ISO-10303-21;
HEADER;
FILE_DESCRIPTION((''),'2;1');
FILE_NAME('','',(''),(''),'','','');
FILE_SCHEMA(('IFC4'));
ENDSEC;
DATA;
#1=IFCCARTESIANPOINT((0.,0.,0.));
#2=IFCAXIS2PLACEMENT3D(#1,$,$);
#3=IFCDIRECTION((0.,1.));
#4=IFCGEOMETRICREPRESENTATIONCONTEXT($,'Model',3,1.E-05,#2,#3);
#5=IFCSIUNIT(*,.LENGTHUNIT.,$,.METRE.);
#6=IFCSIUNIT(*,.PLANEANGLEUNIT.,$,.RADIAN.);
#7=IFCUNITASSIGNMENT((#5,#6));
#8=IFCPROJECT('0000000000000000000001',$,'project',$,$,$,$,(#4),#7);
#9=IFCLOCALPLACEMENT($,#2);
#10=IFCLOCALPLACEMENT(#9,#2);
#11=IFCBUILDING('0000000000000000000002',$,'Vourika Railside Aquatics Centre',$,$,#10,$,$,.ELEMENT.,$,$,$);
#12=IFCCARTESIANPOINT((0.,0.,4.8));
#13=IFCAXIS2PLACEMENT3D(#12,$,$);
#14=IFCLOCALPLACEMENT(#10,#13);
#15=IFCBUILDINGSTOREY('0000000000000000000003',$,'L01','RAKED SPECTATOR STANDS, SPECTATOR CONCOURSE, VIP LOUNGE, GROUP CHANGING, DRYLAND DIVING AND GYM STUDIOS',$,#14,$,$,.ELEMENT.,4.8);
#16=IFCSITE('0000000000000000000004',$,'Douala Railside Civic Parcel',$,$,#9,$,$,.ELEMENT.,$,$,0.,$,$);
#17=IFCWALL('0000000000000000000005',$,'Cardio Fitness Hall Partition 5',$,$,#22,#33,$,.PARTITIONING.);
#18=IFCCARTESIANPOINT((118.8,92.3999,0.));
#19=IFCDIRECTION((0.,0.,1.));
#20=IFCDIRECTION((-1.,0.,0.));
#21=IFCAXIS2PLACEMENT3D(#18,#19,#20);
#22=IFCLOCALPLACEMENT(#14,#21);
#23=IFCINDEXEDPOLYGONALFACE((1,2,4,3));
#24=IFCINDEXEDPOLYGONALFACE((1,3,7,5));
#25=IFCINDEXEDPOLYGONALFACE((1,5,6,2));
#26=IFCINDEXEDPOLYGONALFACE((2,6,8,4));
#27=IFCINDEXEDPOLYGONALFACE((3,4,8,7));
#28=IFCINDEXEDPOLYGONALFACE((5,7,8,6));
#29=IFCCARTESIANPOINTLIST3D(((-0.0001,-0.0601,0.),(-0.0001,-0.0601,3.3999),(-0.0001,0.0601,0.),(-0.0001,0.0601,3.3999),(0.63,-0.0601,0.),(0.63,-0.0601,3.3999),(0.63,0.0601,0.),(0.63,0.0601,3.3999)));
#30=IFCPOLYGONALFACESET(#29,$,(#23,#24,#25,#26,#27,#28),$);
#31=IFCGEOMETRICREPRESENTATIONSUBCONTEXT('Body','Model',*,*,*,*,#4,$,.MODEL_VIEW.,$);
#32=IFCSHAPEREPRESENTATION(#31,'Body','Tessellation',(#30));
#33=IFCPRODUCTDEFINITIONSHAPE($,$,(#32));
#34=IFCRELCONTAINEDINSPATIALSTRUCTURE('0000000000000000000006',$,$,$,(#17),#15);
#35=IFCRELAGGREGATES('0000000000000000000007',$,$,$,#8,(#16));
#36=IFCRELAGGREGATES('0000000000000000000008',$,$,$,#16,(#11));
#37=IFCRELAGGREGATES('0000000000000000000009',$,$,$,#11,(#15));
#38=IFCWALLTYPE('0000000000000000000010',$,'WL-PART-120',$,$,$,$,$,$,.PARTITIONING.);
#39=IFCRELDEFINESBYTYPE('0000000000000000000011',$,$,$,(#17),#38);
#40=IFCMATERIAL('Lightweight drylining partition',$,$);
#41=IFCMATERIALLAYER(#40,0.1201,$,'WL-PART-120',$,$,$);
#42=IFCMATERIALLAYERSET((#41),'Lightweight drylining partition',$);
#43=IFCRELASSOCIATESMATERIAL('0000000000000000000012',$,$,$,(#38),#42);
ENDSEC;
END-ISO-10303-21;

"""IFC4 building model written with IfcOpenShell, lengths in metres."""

from ifc_helpers import new_model, si_unit, direction, frame, frame_2d, origin, place, context, subcontext, project, spatial, rectangle, extrude, material, layer, layer_set, type_object, element, save


model = new_model("IFC4")

# Units and contexts
model_context = context("Model", 3, precision=1e-05, world=origin(), true_north=direction((0.0, 1.0)))
body_context = subcontext(model_context, "Body", "Model", "MODEL_VIEW")
ifc_project = project(units=[si_unit("LENGTHUNIT", "METRE"), si_unit("PLANEANGLEUNIT", "RADIAN")], contexts=[model_context])

# Site, building, storey
site_placement = place(None, origin())
site = spatial("IfcSite", under=ifc_project, at=site_placement, Name="Douala Railside Civic Parcel", CompositionType="ELEMENT", RefElevation=0.0)
building_placement = place(site_placement, origin())
building = spatial("IfcBuilding", under=site, at=building_placement, Name="Vourika Railside Aquatics Centre", CompositionType="ELEMENT")
storey_placement = place(building_placement, frame((0.0, 0.0, 4.8)))
storey = spatial("IfcBuildingStorey", under=building, at=storey_placement, Name="L01", Description="RAKED SPECTATOR STANDS, SPECTATOR CONCOURSE, VIP LOUNGE, GROUP CHANGING, DRYLAND DIVING AND GYM STUDIOS", CompositionType="ELEMENT", Elevation=4.8)

# Wall
ifc_material_1 = material(Name="Lightweight drylining partition")
ifc_layer_1 = layer(ifc_material_1, 0.1201, Name="WL-PART-120")
ifc_layer_set_1 = layer_set([ifc_layer_1], Name="Lightweight drylining partition")
wall_type_1 = type_object("IfcWallType", Name="WL-PART-120", PredefinedType="PARTITIONING", material=ifc_layer_set_1)
for number, where, z_axis, x_axis, name in (
    (1, (118.8, 92.3999, 0.0), (0.0, 0.0, 1.0), (-1.0, 0.0, 0.0), "Cardio Fitness Hall Partition 5"),
):
    element("IfcWall", number, at=place(storey_placement, frame(where, z_axis=z_axis, x_axis=x_axis)), inside=storey, type_object=wall_type_1, Name=name, PredefinedType="PARTITIONING", context=body_context, shape_type="SweptSolid", body=[
        extrude(rectangle(XDim=0.6301, YDim=0.1201, at=frame_2d((0.3149, 0.0))), origin(), (0.0, 0.0, 1.0), 3.3999),
    ])

save(model, "model.ifc")
